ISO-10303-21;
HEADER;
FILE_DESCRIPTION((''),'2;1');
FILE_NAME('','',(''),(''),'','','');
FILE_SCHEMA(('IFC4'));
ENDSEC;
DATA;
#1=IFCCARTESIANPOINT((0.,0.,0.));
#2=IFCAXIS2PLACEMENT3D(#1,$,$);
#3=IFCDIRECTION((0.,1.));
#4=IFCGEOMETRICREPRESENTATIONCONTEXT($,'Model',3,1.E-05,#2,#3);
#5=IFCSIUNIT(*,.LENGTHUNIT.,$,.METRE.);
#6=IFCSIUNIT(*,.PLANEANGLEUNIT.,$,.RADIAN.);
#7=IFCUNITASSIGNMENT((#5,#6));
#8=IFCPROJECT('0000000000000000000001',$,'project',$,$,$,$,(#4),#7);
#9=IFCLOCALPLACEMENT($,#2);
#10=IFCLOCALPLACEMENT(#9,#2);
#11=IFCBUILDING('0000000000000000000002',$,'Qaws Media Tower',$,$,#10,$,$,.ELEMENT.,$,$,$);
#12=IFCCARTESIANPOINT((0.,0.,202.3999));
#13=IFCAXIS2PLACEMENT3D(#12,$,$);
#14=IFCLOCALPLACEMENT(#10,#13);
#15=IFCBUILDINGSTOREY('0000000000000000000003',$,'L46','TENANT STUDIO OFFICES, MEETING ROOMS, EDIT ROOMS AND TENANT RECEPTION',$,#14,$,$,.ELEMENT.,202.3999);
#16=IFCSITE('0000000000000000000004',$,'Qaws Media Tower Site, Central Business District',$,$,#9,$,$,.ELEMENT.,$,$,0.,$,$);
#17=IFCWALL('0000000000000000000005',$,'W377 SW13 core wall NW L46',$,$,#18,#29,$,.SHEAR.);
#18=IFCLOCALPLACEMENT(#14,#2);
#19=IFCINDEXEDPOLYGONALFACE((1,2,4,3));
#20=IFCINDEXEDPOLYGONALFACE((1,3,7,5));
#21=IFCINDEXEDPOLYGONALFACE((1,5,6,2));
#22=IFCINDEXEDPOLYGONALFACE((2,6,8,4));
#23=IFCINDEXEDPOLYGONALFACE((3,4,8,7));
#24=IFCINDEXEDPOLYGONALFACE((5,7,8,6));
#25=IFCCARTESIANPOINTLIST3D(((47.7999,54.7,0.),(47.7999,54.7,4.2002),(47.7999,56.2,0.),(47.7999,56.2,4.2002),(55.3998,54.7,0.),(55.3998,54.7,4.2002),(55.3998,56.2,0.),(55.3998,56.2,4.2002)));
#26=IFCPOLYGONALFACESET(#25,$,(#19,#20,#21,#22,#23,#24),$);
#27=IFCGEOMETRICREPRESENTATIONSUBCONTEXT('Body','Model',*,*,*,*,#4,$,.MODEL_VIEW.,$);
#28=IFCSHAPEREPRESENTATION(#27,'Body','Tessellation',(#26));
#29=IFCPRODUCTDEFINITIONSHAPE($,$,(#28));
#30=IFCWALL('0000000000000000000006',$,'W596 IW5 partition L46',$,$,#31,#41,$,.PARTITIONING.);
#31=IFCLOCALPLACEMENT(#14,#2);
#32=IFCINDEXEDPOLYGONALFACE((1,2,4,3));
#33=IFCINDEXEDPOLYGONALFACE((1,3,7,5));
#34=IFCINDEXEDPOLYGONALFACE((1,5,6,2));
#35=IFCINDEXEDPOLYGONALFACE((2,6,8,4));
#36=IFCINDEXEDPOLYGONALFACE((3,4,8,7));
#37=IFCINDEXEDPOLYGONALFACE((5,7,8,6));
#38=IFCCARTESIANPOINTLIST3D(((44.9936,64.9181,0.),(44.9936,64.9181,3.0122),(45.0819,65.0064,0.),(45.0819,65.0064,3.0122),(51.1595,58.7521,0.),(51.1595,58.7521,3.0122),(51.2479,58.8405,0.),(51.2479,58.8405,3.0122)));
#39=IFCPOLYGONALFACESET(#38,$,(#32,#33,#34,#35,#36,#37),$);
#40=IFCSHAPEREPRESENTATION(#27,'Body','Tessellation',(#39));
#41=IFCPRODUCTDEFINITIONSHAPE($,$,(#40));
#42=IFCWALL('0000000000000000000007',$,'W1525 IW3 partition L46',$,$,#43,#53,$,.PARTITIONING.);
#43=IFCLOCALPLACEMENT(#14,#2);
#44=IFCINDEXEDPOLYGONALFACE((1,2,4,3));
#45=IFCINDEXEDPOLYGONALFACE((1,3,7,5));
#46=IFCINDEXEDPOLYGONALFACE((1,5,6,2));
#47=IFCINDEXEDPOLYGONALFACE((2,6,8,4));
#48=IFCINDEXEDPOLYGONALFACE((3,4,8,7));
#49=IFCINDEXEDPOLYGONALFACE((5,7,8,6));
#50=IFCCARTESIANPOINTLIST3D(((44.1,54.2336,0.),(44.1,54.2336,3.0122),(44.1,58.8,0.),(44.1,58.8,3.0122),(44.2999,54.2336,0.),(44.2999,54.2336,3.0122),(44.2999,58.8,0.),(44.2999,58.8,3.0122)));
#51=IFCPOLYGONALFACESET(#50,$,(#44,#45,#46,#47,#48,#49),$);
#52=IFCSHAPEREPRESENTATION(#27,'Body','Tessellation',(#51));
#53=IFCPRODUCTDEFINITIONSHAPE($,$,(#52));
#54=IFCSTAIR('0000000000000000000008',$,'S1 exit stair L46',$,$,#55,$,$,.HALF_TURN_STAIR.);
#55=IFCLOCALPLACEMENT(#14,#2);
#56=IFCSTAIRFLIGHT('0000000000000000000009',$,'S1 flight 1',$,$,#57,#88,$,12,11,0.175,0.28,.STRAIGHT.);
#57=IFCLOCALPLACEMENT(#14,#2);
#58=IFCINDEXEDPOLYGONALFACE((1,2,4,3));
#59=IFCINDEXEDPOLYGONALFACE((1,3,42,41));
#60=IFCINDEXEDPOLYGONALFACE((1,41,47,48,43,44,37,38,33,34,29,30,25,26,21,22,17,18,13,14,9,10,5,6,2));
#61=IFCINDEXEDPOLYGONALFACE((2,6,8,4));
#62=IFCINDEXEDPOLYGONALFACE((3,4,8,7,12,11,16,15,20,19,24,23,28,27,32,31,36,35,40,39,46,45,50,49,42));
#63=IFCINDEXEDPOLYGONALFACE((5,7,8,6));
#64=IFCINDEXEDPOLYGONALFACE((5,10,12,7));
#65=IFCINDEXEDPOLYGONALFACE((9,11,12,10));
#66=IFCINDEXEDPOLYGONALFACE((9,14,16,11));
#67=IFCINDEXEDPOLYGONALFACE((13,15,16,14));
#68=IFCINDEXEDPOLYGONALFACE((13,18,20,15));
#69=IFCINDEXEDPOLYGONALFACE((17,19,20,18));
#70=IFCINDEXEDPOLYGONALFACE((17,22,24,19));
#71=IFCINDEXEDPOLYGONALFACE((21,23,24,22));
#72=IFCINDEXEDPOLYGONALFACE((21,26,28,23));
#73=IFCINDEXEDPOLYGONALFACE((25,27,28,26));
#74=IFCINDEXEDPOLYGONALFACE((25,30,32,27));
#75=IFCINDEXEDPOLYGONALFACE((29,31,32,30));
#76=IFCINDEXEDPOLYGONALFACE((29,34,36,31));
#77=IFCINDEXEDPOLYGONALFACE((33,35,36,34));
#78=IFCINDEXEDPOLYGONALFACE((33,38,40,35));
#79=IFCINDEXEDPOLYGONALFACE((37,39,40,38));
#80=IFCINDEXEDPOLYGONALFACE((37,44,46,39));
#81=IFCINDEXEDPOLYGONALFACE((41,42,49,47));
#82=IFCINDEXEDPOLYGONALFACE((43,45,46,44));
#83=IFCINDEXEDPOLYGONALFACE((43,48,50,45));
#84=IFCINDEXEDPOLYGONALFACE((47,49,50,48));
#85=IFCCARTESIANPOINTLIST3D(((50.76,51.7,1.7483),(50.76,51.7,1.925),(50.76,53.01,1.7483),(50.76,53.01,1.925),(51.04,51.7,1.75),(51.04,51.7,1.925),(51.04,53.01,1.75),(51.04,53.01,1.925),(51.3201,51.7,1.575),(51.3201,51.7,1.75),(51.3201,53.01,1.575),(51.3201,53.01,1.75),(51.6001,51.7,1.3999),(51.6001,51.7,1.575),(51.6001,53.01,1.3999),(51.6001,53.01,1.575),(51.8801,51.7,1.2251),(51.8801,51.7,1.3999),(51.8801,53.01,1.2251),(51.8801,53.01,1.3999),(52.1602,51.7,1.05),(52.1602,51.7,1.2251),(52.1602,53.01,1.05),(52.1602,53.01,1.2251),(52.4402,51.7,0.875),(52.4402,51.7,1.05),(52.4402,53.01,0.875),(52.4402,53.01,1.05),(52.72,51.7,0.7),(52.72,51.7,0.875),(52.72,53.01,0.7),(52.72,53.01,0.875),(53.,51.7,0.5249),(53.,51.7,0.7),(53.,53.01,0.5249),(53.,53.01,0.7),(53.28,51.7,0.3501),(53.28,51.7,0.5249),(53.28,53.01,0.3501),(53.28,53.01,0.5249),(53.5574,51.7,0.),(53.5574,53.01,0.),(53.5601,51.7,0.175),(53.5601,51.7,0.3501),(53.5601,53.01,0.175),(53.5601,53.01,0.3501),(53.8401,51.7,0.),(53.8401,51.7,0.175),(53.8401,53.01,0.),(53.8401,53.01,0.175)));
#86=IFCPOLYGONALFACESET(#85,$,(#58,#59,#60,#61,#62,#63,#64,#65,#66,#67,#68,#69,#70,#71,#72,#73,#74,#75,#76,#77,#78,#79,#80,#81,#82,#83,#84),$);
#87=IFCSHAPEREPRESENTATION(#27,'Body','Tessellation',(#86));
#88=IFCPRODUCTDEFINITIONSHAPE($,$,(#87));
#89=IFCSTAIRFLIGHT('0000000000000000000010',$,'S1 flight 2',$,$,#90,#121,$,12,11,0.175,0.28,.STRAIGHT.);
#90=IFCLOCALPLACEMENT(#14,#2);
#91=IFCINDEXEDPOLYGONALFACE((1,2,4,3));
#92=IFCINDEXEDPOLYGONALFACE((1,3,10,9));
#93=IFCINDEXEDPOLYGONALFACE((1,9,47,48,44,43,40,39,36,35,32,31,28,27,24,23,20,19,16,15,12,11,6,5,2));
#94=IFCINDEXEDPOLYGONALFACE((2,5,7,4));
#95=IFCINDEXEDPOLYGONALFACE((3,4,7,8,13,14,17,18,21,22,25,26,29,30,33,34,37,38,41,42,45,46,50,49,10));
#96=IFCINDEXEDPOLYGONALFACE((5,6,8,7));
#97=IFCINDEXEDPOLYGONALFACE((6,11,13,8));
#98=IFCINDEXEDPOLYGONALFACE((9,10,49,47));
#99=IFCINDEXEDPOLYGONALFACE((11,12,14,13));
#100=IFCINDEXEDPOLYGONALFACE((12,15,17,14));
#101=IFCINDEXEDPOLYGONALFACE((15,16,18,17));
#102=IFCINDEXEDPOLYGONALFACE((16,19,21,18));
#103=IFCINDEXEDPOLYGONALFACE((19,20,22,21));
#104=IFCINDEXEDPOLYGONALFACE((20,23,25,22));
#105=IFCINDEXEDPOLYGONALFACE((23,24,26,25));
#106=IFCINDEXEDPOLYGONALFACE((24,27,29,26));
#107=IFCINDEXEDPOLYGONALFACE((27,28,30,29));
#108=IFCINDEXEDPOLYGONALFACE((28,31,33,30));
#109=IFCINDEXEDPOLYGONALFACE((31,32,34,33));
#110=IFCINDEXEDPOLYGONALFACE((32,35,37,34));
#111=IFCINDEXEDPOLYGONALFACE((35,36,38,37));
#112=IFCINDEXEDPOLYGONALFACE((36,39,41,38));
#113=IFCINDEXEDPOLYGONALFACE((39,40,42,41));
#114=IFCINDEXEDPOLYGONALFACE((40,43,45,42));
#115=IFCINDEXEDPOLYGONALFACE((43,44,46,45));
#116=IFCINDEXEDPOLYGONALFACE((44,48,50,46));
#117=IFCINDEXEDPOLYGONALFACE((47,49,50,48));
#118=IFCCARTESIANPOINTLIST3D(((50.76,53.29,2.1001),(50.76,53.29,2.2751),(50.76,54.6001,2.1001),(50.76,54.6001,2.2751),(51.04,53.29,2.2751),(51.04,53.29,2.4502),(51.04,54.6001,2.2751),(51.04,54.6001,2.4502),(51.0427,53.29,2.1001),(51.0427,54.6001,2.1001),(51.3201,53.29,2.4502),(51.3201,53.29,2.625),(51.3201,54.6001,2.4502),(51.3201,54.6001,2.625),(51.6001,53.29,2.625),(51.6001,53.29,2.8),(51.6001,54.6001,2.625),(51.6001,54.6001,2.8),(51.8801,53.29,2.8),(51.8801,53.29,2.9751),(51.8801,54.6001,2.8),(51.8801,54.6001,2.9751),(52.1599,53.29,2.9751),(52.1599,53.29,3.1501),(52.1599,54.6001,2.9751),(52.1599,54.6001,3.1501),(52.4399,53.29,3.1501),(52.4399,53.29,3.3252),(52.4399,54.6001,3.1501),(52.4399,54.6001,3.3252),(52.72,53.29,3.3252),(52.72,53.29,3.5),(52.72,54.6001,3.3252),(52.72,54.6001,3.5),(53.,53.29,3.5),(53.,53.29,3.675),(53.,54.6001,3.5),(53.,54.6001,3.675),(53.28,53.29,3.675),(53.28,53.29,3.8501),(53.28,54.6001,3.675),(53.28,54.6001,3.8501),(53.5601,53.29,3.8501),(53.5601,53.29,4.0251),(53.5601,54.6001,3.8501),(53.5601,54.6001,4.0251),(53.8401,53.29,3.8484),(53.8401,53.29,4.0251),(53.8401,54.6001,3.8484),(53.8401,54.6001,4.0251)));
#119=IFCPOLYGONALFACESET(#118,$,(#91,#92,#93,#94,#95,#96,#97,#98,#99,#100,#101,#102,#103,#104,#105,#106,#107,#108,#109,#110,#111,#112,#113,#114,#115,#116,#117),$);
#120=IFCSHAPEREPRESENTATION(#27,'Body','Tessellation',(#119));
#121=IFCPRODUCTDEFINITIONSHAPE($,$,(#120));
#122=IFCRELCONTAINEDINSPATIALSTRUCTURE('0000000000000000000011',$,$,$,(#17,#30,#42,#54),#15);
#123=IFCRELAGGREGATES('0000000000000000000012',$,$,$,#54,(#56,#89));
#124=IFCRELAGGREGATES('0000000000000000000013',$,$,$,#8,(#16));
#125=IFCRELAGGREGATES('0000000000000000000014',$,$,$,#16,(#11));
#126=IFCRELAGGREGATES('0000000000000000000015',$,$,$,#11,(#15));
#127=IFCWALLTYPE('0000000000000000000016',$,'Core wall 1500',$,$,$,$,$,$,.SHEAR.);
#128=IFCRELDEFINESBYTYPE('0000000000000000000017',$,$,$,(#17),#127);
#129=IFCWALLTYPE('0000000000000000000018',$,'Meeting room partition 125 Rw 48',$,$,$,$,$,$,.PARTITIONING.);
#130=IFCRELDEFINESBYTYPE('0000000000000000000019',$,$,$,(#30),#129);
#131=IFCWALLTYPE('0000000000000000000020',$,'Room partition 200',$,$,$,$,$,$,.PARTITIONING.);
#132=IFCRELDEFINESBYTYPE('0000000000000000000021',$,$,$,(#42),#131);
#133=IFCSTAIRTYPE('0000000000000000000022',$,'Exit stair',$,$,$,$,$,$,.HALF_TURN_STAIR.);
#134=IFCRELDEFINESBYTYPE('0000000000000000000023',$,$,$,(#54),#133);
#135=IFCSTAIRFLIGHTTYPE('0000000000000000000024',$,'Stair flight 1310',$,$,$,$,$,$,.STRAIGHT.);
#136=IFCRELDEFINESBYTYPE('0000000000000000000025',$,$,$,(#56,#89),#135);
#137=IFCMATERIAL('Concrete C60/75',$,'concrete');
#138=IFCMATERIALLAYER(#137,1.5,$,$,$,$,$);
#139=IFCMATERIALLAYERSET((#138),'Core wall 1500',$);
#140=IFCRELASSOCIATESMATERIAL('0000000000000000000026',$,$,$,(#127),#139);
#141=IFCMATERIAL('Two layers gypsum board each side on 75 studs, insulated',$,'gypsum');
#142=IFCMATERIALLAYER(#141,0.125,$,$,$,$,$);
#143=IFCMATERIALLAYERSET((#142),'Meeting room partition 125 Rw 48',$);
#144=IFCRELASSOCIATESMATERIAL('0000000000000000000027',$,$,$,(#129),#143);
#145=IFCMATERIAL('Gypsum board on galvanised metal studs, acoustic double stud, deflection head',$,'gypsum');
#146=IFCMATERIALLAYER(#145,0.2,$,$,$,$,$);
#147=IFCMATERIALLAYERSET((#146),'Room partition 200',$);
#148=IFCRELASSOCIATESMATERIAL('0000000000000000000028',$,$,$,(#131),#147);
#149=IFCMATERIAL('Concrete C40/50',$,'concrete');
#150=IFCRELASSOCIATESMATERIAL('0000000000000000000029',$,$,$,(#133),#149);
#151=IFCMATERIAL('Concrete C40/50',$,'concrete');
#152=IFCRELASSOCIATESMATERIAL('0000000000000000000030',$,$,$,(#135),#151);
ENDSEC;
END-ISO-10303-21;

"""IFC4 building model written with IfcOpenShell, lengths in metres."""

from ifc_helpers import new_model, si_unit, direction, frame, frame_2d, origin, place, context, subcontext, project, spatial, polyline, rectangle, outline, extrude, material, layer, layer_set, type_object, element, aggregate, save


model = new_model("IFC4")

# Units and contexts
model_context = context("Model", 3, precision=1e-05, world=origin(), true_north=direction((0.0, 1.0)))
body_context = subcontext(model_context, "Body", "Model", "MODEL_VIEW")
ifc_project = project(units=[si_unit("LENGTHUNIT", "METRE"), si_unit("PLANEANGLEUNIT", "RADIAN")], contexts=[model_context])

# Site, building, storey
site_placement = place(None, origin())
site = spatial("IfcSite", under=ifc_project, at=site_placement, Name="Qaws Media Tower Site, Central Business District", CompositionType="ELEMENT", RefElevation=0.0)
building_placement = place(site_placement, origin())
building = spatial("IfcBuilding", under=site, at=building_placement, Name="Qaws Media Tower", CompositionType="ELEMENT")
storey_placement = place(building_placement, frame((0.0, 0.0, 202.3999)))
storey = spatial("IfcBuildingStorey", under=building, at=storey_placement, Name="L46", Description="TENANT STUDIO OFFICES, MEETING ROOMS, EDIT ROOMS AND TENANT RECEPTION", CompositionType="ELEMENT", Elevation=202.3999)

# Walls
ifc_material_1 = material(Name="Concrete C60/75", Category="concrete")
ifc_layer_1 = layer(ifc_material_1, 1.5)
ifc_layer_set_1 = layer_set([ifc_layer_1], Name="Core wall 1500")
wall_type_1 = type_object("IfcWallType", Name="Core wall 1500", PredefinedType="SHEAR", material=ifc_layer_set_1)
wall_1_placement = place(storey_placement, frame((47.8, 55.45, 0.0), z_axis=(0.0, 0.0, 1.0), x_axis=(1.0, 0.0, 0.0)))
element("IfcWall", 1, at=wall_1_placement, inside=storey, type_object=wall_type_1, Name="W377 SW13 core wall NW L46", PredefinedType="SHEAR", context=body_context, shape_type="SweptSolid", body=[
    extrude(rectangle(XDim=7.5999, YDim=1.5, at=frame_2d((3.7998, 0.0))), origin(), (0.0, 0.0, 1.0), 4.2002),
])
ifc_material_2 = material(Name="Two layers gypsum board each side on 75 studs, insulated", Category="gypsum")
ifc_layer_2 = layer(ifc_material_2, 0.125)
ifc_layer_set_2 = layer_set([ifc_layer_2], Name="Meeting room partition 125 Rw 48")
wall_type_2 = type_object("IfcWallType", Name="Meeting room partition 125 Rw 48", PredefinedType="PARTITIONING", material=ifc_layer_set_2)
wall_2_placement = place(storey_placement, frame((51.2036, 58.7964, 0.0), z_axis=(0.0, 0.0, 1.0), x_axis=(-0.707107, 0.707107, 0.0)))
element("IfcWall", 2, at=wall_2_placement, inside=storey, type_object=wall_type_2, Name="W596 IW5 partition L46", PredefinedType="PARTITIONING", context=body_context, shape_type="SweptSolid", body=[
    extrude(rectangle(XDim=8.72, YDim=0.125, at=frame_2d((4.3599, 0.0))), origin(), (0.0, 0.0, 1.0), 3.0122),
])
ifc_material_3 = material(Name="Gypsum board on galvanised metal studs, acoustic double stud, deflection head", Category="gypsum")
ifc_layer_3 = layer(ifc_material_3, 0.2)
ifc_layer_set_3 = layer_set([ifc_layer_3], Name="Room partition 200")
wall_type_3 = type_object("IfcWallType", Name="Room partition 200", PredefinedType="PARTITIONING", material=ifc_layer_set_3)
wall_3_placement = place(storey_placement, frame((44.2, 54.2336, 0.0), z_axis=(0.0, 0.0, 1.0), x_axis=(0.0, 1.0, 0.0)))
element("IfcWall", 3, at=wall_3_placement, inside=storey, type_object=wall_type_3, Name="W1525 IW3 partition L46", PredefinedType="PARTITIONING", context=body_context, shape_type="SweptSolid", body=[
    extrude(rectangle(XDim=4.5664, YDim=0.2, at=frame_2d((2.2832, 0.0))), origin(), (0.0, 0.0, 1.0), 3.0122),
])

# Stair, stair flights
ifc_material_4 = material(Name="Concrete C40/50", Category="concrete")
stair_type = type_object("IfcStairType", Name="Exit stair", PredefinedType="HALF_TURN_STAIR", material=ifc_material_4)
stair_placement = place(storey_placement, origin())
stair = element("IfcStair", 4, at=stair_placement, inside=storey, type_object=stair_type, Name="S1 exit stair L46", PredefinedType="HALF_TURN_STAIR")
ifc_material_5 = material(Name="Concrete C40/50", Category="concrete")
stair_flight_type = type_object("IfcStairFlightType", Name="Stair flight 1310", PredefinedType="STRAIGHT", material=ifc_material_5)
stair_flight_1_placement = place(storey_placement, frame((53.8401, 52.355, 0.0), z_axis=(0.0, 0.0, 1.0), x_axis=(-1.0, 0.0, 0.0)))
stair_flight_1 = element("IfcStairFlight", 5, at=stair_flight_1_placement, type_object=stair_flight_type, Name="S1 flight 1", NumberOfRisers=12, NumberOfTreads=11, PredefinedType="STRAIGHT", RiserHeight=0.175, TreadLength=0.28, context=body_context, shape_type="SweptSolid", body=[
    extrude(outline(polyline([(0.0, 0.0), (0.0, 0.175), (0.28, 0.175), (0.28, 0.3501), (0.5601, 0.3501), (0.5601, 0.5249), (0.8401, 0.5249), (0.8401, 0.7), (1.1201, 0.7), (1.1201, 0.875), (1.3999, 0.875), (1.3999, 1.05), (1.6799, 1.05), (1.6799, 1.2251), (1.96, 1.2251), (1.96, 1.3999), (2.24, 1.3999), (2.24, 1.575), (2.52, 1.575), (2.52, 1.75), (2.8, 1.75), (2.8, 1.925), (3.0801, 1.925), (3.0801, 2.1001), (3.0801, 1.7483), (0.2827, 0.0), (0.0, 0.0)])), frame((0.0, 0.655, 0.0), z_axis=(0.0, -1.0, 0.0), x_axis=(1.0, 0.0, 0.0)), (0.0, 0.0, 1.0), 1.3101),
])
stair_flight_2_placement = place(storey_placement, frame((50.76, 53.9451, 2.1001), z_axis=(0.0, 0.0, 1.0), x_axis=(1.0, 0.0, 0.0)))
stair_flight_2 = element("IfcStairFlight", 6, at=stair_flight_2_placement, type_object=stair_flight_type, Name="S1 flight 2", NumberOfRisers=12, NumberOfTreads=11, PredefinedType="STRAIGHT", RiserHeight=0.175, TreadLength=0.28, context=body_context, shape_type="SweptSolid", body=[
    extrude(outline(polyline([(0.0, 0.0), (0.0, 0.175), (0.28, 0.175), (0.28, 0.3501), (0.5601, 0.3501), (0.5601, 0.5249), (0.8401, 0.5249), (0.8401, 0.7), (1.1201, 0.7), (1.1201, 0.875), (1.3999, 0.875), (1.3999, 1.05), (1.6799, 1.05), (1.6799, 1.2251), (1.96, 1.2251), (1.96, 1.3999), (2.24, 1.3999), (2.24, 1.575), (2.52, 1.575), (2.52, 1.75), (2.8, 1.75), (2.8, 1.925), (3.0801, 1.925), (3.0801, 2.1001), (3.0801, 1.7483), (0.2827, 0.0), (0.0, 0.0)])), frame((0.0, 0.655, 0.0), z_axis=(0.0, -1.0, 0.0), x_axis=(1.0, 0.0, 0.0)), (0.0, 0.0, 1.0), 1.3101),
])
aggregate(stair, [stair_flight_1, stair_flight_2])

save(model, "model.ifc")
